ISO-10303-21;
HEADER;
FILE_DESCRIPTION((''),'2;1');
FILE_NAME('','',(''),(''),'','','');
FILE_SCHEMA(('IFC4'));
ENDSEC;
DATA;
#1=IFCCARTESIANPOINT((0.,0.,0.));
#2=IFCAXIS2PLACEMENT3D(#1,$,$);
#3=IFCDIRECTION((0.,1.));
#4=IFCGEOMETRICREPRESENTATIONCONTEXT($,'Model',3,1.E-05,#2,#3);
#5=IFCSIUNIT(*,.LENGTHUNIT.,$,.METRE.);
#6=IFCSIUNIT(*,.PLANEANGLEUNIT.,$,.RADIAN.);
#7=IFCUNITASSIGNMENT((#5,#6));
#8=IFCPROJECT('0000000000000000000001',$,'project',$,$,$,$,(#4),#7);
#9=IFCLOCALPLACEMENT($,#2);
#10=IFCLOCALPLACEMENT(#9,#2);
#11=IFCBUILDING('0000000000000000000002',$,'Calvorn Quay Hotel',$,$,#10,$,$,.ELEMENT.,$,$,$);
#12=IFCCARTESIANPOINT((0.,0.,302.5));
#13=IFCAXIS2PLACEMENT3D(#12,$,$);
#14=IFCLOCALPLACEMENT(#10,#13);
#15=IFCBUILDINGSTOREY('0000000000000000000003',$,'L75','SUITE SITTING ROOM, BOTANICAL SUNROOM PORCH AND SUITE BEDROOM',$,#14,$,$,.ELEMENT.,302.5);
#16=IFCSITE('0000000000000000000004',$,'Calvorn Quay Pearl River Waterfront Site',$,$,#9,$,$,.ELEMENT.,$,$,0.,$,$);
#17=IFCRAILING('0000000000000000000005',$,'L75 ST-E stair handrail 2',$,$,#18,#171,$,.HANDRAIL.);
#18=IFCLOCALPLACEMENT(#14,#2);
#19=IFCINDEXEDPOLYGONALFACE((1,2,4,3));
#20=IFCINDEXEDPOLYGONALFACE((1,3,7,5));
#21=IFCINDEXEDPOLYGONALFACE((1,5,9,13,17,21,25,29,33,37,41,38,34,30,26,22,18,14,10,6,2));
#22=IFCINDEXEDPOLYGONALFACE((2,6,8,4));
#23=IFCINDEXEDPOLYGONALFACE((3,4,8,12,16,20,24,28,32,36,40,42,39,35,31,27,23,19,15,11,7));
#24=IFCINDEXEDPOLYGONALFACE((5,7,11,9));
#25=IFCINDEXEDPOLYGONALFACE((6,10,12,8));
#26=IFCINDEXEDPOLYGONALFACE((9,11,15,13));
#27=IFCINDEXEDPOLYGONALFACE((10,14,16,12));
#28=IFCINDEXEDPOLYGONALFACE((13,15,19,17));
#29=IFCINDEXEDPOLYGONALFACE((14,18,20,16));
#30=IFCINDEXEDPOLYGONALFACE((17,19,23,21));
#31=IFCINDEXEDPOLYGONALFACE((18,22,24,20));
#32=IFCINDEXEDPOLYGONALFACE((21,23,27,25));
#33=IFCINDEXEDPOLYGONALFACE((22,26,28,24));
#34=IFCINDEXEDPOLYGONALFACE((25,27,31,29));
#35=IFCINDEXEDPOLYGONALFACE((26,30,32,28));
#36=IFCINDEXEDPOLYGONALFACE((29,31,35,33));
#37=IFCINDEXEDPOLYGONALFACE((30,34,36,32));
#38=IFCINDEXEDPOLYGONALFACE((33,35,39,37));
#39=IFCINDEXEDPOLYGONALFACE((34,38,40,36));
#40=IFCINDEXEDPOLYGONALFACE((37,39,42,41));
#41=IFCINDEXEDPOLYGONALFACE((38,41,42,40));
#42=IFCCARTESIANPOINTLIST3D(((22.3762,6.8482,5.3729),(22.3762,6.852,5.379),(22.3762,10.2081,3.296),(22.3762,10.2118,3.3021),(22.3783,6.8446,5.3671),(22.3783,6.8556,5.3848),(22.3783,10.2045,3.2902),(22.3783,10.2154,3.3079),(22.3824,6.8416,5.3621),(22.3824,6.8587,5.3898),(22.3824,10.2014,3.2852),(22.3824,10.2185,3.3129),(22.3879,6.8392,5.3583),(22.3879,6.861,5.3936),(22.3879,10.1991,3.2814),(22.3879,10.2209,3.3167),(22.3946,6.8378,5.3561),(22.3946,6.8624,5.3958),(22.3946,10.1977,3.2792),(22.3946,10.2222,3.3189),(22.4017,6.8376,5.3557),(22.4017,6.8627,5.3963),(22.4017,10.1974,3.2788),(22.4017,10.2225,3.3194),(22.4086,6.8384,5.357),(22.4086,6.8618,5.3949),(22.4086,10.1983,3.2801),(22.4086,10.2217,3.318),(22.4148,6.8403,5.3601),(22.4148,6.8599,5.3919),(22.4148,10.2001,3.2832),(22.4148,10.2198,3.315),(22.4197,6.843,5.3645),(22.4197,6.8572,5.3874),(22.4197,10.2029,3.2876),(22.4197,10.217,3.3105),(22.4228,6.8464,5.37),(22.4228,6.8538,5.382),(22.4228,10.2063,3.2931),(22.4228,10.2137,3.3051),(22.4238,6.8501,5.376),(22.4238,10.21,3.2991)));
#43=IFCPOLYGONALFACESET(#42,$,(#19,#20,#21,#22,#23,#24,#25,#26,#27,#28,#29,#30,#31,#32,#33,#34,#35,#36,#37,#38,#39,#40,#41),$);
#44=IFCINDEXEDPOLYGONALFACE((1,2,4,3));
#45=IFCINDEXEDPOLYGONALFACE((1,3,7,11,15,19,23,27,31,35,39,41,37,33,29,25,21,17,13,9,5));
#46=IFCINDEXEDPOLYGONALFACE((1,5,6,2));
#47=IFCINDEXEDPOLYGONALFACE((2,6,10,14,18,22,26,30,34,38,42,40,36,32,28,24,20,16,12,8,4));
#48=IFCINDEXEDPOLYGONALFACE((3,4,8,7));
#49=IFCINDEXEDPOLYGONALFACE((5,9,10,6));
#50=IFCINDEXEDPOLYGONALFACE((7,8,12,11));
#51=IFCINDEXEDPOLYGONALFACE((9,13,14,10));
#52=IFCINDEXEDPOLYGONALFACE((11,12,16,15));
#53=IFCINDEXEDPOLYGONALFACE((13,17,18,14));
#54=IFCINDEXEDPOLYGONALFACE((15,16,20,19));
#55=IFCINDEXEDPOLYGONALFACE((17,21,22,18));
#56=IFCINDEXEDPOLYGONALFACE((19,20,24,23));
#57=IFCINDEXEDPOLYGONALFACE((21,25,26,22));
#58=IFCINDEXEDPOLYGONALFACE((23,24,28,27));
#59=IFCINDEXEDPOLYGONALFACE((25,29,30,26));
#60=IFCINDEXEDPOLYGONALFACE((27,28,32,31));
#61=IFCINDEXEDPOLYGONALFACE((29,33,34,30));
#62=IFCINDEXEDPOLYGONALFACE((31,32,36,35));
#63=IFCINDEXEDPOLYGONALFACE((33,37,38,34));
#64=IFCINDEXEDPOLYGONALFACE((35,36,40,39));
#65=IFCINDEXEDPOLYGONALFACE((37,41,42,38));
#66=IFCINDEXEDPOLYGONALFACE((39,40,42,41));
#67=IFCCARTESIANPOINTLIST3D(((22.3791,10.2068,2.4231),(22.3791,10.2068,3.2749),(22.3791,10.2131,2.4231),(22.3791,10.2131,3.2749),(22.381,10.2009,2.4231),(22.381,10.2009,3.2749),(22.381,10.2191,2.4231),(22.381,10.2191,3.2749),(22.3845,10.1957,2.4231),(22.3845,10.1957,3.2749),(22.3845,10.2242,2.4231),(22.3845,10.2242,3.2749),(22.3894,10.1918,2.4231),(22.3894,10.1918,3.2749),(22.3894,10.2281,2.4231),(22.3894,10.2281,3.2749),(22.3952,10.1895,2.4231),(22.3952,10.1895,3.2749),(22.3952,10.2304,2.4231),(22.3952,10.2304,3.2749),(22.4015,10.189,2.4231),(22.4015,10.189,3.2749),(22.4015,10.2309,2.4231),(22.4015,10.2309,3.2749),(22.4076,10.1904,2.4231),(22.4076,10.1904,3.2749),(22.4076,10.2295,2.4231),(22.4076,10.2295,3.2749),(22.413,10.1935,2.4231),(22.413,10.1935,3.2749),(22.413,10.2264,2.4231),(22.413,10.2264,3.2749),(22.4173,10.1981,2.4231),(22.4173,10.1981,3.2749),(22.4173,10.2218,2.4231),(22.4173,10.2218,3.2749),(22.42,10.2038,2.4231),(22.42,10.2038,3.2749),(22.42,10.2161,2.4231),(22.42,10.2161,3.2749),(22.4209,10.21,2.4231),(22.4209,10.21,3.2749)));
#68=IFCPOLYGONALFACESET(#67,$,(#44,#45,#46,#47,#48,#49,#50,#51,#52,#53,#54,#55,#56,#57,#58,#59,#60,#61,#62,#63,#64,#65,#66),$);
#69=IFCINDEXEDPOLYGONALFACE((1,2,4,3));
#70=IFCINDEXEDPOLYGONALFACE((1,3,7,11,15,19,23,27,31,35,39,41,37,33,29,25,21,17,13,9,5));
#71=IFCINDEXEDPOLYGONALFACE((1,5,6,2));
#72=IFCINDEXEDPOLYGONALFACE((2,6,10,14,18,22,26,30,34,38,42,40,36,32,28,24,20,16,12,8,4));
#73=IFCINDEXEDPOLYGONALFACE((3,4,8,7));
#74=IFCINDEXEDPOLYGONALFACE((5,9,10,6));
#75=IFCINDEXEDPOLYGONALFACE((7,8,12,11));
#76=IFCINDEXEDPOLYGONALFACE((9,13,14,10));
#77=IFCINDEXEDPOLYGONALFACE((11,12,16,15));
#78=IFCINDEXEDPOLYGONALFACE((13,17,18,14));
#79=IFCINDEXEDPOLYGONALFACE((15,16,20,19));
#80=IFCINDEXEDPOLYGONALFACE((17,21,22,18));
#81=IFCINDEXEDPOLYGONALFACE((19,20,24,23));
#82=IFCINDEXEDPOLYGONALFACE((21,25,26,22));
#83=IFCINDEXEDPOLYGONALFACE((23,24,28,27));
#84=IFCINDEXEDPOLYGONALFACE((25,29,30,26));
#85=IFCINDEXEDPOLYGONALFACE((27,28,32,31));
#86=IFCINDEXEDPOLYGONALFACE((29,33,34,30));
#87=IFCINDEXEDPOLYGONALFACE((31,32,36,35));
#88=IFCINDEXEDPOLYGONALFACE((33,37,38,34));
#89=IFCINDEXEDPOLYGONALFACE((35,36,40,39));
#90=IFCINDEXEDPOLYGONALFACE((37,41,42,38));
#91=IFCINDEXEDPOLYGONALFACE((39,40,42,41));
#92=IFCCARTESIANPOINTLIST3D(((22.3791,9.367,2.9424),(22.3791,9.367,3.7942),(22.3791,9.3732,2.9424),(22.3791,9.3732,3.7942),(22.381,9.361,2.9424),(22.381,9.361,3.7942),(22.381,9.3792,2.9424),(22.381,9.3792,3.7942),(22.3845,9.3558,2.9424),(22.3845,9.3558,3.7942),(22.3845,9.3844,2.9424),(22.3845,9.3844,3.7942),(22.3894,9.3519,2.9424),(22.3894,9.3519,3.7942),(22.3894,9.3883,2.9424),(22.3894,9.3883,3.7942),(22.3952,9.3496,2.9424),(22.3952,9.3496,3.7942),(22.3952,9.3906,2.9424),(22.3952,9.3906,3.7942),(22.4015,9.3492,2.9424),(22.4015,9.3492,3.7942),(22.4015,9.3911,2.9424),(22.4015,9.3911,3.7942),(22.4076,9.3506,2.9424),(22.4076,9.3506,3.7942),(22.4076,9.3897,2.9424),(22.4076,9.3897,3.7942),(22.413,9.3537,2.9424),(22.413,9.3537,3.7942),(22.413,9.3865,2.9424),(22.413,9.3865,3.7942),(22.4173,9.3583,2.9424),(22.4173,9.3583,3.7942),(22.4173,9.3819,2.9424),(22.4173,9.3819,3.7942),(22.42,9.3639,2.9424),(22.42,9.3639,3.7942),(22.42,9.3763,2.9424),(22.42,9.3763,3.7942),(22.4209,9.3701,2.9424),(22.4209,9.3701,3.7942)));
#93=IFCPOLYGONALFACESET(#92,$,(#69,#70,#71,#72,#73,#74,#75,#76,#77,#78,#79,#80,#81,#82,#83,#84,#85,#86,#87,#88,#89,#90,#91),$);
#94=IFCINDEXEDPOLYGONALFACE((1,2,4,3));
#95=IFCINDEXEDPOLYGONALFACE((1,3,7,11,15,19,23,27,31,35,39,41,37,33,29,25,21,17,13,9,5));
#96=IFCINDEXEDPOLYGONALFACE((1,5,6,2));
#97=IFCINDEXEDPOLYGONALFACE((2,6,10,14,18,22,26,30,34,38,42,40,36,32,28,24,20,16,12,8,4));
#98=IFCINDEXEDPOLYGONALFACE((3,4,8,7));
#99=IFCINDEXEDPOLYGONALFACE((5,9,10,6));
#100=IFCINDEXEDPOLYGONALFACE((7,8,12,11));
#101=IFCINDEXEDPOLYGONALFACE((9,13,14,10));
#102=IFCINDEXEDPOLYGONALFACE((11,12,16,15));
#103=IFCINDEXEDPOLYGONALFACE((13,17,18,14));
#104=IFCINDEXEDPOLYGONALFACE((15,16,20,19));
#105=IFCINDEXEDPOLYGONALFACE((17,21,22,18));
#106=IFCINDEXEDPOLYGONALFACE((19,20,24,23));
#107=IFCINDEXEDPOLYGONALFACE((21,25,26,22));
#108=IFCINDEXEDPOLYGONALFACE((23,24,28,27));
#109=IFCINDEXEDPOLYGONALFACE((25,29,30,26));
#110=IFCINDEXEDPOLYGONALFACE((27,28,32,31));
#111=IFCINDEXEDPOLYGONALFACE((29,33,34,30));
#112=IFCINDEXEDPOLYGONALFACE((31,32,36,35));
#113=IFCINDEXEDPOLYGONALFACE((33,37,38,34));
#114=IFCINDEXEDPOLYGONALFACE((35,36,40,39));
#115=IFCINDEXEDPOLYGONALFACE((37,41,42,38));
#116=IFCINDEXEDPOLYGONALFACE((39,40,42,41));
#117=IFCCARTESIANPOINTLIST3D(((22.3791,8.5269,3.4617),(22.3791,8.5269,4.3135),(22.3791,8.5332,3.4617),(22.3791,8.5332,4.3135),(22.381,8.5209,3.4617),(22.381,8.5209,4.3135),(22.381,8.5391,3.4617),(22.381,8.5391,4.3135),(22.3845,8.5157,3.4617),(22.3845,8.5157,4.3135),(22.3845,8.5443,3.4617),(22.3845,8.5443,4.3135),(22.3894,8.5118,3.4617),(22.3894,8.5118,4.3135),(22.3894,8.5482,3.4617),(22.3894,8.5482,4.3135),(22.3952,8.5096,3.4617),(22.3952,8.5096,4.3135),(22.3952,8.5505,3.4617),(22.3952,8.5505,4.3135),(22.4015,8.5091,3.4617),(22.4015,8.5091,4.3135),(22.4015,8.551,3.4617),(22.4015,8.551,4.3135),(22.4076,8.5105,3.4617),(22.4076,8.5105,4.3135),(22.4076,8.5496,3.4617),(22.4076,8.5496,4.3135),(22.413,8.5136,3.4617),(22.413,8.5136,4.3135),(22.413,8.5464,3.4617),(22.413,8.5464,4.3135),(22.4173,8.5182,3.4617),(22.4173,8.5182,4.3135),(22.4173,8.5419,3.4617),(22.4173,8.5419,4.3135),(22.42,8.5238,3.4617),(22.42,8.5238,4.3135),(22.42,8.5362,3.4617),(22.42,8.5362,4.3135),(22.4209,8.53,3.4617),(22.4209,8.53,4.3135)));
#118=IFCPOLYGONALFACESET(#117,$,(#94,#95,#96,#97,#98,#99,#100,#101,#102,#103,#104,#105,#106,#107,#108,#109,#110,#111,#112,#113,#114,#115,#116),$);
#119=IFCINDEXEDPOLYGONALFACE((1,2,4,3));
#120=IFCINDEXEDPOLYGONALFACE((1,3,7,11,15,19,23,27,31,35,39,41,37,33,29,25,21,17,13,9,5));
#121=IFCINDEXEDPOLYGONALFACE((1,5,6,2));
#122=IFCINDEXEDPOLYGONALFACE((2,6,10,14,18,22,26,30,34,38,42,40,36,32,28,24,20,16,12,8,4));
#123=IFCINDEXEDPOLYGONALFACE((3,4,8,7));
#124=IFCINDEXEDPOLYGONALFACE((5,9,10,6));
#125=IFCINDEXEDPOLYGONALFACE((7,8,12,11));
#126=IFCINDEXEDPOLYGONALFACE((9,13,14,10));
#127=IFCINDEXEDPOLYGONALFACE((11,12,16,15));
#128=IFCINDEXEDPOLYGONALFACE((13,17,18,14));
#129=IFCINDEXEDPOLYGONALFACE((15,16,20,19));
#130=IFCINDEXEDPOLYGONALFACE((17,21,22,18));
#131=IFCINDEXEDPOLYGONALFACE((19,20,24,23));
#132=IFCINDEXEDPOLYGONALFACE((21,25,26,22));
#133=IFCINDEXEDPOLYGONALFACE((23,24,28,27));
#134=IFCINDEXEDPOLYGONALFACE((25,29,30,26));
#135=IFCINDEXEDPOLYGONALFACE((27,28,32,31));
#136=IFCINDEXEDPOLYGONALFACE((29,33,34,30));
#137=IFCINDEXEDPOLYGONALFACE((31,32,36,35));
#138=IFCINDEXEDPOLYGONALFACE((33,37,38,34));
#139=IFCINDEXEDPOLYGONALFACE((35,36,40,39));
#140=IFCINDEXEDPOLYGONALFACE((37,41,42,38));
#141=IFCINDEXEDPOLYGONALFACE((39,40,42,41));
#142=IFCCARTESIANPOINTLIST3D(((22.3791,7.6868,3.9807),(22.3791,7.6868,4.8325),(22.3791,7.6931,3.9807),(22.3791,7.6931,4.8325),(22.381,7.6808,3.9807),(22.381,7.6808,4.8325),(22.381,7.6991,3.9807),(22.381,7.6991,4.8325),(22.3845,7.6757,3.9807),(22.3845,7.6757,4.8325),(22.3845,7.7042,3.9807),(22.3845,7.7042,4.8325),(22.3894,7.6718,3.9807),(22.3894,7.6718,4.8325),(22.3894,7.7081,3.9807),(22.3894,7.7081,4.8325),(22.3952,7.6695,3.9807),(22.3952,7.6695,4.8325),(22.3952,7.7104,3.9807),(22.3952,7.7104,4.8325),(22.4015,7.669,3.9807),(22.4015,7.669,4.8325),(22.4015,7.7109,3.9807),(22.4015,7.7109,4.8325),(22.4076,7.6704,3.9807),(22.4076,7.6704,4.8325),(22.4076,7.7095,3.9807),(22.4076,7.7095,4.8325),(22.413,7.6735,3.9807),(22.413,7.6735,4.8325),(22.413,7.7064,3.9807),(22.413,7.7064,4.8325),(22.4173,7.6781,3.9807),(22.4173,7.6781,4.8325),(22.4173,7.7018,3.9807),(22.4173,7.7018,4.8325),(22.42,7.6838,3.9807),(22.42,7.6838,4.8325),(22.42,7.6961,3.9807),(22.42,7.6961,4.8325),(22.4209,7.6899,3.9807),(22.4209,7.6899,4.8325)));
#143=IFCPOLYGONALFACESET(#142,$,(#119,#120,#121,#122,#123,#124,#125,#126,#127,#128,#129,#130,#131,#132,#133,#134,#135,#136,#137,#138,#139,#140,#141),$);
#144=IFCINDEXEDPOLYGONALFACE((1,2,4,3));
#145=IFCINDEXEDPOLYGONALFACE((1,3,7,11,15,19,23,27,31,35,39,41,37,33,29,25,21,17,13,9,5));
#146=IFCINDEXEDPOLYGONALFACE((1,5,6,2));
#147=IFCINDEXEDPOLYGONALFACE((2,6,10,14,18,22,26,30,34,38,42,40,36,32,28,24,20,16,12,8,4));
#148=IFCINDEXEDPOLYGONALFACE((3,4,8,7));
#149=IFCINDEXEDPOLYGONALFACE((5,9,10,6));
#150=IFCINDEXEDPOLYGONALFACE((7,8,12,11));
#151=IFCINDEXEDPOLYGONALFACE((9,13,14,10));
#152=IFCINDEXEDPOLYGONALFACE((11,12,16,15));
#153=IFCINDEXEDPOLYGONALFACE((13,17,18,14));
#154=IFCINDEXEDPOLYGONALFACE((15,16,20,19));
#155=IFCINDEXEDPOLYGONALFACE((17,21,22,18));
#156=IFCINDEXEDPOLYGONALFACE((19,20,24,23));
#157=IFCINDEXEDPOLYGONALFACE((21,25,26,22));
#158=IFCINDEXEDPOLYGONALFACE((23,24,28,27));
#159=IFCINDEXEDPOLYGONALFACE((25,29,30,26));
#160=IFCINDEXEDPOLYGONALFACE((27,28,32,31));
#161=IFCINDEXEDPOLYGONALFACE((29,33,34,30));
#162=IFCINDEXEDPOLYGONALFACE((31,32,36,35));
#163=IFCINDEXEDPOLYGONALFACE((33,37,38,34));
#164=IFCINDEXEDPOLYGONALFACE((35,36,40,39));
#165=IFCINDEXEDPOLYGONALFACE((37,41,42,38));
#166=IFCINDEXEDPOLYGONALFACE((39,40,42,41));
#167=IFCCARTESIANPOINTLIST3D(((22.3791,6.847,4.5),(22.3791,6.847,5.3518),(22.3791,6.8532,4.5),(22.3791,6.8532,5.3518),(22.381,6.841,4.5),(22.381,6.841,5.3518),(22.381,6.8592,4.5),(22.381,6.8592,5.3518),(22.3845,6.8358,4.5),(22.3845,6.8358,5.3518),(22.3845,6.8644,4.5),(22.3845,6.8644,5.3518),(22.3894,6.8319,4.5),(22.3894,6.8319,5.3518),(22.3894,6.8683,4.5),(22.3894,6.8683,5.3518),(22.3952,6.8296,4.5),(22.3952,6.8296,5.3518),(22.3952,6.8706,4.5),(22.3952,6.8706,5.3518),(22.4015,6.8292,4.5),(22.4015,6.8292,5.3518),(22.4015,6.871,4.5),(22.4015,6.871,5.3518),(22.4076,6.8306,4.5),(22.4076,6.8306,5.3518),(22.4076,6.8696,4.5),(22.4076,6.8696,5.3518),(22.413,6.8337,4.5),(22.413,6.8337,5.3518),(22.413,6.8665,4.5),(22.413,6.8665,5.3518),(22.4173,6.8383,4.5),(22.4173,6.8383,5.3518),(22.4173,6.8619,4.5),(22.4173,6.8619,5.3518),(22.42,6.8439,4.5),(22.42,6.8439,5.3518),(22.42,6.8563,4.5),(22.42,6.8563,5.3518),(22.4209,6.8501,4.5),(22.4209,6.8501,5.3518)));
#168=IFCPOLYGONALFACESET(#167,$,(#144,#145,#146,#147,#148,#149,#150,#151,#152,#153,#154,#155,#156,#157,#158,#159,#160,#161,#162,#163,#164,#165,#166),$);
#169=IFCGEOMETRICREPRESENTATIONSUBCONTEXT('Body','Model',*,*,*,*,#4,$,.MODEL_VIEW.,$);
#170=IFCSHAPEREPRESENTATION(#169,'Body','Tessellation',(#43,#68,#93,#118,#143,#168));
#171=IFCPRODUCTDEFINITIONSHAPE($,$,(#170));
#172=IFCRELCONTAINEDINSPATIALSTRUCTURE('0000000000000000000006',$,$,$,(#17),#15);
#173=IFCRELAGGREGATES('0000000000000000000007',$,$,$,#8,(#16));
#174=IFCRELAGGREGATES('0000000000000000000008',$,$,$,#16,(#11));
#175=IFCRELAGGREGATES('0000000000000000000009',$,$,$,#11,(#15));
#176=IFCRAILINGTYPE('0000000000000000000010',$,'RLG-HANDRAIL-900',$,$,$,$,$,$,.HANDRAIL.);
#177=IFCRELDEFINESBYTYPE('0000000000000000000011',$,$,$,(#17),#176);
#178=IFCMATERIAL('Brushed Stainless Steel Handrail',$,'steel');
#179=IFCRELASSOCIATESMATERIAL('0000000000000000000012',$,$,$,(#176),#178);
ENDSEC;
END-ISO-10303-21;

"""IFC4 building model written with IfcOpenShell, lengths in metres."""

from ifc_helpers import new_model, si_unit, direction, frame, origin, origin_2d, place, context, subcontext, project, spatial, circle, extrude, material, type_object, element, save


model = new_model("IFC4")

# Units and contexts
model_context = context("Model", 3, precision=1e-05, world=origin(), true_north=direction((0.0, 1.0)))
body_context = subcontext(model_context, "Body", "Model", "MODEL_VIEW")
ifc_project = project(units=[si_unit("LENGTHUNIT", "METRE"), si_unit("PLANEANGLEUNIT", "RADIAN")], contexts=[model_context])

# Site, building, storey
site_placement = place(None, origin())
site = spatial("IfcSite", under=ifc_project, at=site_placement, Name="Calvorn Quay Pearl River Waterfront Site", CompositionType="ELEMENT", RefElevation=0.0)
building_placement = place(site_placement, origin())
building = spatial("IfcBuilding", under=site, at=building_placement, Name="Calvorn Quay Hotel", CompositionType="ELEMENT")
storey_placement = place(building_placement, frame((0.0, 0.0, 302.5)))
storey = spatial("IfcBuildingStorey", under=building, at=storey_placement, Name="L75", Description="SUITE SITTING ROOM, BOTANICAL SUNROOM PORCH AND SUITE BEDROOM", CompositionType="ELEMENT", Elevation=302.5)

# Railing
ifc_material_1 = material(Name="Brushed Stainless Steel Handrail", Category="steel")
railing_type_1 = type_object("IfcRailingType", Name="RLG-HANDRAIL-900", PredefinedType="HANDRAIL", material=ifc_material_1)
railing_1_placement = place(storey_placement, frame((22.3999, 10.21, 2.4231)))
element("IfcRailing", 1, at=railing_1_placement, inside=storey, type_object=railing_type_1, Name="L75 ST-E stair handrail 2", PredefinedType="HANDRAIL", context=body_context, shape_type="SweptSolid", body=[
    extrude(circle(Radius=0.0239, at=origin_2d()), frame((0.0, 0.0, 0.876), z_axis=(0.0, -0.850606, 0.525803), x_axis=(1.0, 0.0, 0.0)), (0.0, 0.0, 1.0), 3.95),
    extrude(circle(Radius=0.021, at=origin_2d()), origin(), (0.0, 0.0, 1.0), 0.8518),
    extrude(circle(Radius=0.021, at=origin_2d()), frame((0.0, -0.8398, 0.5193)), (0.0, 0.0, 1.0), 0.8518),
    extrude(circle(Radius=0.021, at=origin_2d()), frame((0.0, -1.6799, 1.0386)), (0.0, 0.0, 1.0), 0.8518),
    extrude(circle(Radius=0.021, at=origin_2d()), frame((0.0, -2.52, 1.5576)), (0.0, 0.0, 1.0), 0.8518),
    extrude(circle(Radius=0.021, at=origin_2d()), frame((0.0, -3.3599, 2.0769)), (0.0, 0.0, 1.0), 0.8518),
])

save(model, "model.ifc")
